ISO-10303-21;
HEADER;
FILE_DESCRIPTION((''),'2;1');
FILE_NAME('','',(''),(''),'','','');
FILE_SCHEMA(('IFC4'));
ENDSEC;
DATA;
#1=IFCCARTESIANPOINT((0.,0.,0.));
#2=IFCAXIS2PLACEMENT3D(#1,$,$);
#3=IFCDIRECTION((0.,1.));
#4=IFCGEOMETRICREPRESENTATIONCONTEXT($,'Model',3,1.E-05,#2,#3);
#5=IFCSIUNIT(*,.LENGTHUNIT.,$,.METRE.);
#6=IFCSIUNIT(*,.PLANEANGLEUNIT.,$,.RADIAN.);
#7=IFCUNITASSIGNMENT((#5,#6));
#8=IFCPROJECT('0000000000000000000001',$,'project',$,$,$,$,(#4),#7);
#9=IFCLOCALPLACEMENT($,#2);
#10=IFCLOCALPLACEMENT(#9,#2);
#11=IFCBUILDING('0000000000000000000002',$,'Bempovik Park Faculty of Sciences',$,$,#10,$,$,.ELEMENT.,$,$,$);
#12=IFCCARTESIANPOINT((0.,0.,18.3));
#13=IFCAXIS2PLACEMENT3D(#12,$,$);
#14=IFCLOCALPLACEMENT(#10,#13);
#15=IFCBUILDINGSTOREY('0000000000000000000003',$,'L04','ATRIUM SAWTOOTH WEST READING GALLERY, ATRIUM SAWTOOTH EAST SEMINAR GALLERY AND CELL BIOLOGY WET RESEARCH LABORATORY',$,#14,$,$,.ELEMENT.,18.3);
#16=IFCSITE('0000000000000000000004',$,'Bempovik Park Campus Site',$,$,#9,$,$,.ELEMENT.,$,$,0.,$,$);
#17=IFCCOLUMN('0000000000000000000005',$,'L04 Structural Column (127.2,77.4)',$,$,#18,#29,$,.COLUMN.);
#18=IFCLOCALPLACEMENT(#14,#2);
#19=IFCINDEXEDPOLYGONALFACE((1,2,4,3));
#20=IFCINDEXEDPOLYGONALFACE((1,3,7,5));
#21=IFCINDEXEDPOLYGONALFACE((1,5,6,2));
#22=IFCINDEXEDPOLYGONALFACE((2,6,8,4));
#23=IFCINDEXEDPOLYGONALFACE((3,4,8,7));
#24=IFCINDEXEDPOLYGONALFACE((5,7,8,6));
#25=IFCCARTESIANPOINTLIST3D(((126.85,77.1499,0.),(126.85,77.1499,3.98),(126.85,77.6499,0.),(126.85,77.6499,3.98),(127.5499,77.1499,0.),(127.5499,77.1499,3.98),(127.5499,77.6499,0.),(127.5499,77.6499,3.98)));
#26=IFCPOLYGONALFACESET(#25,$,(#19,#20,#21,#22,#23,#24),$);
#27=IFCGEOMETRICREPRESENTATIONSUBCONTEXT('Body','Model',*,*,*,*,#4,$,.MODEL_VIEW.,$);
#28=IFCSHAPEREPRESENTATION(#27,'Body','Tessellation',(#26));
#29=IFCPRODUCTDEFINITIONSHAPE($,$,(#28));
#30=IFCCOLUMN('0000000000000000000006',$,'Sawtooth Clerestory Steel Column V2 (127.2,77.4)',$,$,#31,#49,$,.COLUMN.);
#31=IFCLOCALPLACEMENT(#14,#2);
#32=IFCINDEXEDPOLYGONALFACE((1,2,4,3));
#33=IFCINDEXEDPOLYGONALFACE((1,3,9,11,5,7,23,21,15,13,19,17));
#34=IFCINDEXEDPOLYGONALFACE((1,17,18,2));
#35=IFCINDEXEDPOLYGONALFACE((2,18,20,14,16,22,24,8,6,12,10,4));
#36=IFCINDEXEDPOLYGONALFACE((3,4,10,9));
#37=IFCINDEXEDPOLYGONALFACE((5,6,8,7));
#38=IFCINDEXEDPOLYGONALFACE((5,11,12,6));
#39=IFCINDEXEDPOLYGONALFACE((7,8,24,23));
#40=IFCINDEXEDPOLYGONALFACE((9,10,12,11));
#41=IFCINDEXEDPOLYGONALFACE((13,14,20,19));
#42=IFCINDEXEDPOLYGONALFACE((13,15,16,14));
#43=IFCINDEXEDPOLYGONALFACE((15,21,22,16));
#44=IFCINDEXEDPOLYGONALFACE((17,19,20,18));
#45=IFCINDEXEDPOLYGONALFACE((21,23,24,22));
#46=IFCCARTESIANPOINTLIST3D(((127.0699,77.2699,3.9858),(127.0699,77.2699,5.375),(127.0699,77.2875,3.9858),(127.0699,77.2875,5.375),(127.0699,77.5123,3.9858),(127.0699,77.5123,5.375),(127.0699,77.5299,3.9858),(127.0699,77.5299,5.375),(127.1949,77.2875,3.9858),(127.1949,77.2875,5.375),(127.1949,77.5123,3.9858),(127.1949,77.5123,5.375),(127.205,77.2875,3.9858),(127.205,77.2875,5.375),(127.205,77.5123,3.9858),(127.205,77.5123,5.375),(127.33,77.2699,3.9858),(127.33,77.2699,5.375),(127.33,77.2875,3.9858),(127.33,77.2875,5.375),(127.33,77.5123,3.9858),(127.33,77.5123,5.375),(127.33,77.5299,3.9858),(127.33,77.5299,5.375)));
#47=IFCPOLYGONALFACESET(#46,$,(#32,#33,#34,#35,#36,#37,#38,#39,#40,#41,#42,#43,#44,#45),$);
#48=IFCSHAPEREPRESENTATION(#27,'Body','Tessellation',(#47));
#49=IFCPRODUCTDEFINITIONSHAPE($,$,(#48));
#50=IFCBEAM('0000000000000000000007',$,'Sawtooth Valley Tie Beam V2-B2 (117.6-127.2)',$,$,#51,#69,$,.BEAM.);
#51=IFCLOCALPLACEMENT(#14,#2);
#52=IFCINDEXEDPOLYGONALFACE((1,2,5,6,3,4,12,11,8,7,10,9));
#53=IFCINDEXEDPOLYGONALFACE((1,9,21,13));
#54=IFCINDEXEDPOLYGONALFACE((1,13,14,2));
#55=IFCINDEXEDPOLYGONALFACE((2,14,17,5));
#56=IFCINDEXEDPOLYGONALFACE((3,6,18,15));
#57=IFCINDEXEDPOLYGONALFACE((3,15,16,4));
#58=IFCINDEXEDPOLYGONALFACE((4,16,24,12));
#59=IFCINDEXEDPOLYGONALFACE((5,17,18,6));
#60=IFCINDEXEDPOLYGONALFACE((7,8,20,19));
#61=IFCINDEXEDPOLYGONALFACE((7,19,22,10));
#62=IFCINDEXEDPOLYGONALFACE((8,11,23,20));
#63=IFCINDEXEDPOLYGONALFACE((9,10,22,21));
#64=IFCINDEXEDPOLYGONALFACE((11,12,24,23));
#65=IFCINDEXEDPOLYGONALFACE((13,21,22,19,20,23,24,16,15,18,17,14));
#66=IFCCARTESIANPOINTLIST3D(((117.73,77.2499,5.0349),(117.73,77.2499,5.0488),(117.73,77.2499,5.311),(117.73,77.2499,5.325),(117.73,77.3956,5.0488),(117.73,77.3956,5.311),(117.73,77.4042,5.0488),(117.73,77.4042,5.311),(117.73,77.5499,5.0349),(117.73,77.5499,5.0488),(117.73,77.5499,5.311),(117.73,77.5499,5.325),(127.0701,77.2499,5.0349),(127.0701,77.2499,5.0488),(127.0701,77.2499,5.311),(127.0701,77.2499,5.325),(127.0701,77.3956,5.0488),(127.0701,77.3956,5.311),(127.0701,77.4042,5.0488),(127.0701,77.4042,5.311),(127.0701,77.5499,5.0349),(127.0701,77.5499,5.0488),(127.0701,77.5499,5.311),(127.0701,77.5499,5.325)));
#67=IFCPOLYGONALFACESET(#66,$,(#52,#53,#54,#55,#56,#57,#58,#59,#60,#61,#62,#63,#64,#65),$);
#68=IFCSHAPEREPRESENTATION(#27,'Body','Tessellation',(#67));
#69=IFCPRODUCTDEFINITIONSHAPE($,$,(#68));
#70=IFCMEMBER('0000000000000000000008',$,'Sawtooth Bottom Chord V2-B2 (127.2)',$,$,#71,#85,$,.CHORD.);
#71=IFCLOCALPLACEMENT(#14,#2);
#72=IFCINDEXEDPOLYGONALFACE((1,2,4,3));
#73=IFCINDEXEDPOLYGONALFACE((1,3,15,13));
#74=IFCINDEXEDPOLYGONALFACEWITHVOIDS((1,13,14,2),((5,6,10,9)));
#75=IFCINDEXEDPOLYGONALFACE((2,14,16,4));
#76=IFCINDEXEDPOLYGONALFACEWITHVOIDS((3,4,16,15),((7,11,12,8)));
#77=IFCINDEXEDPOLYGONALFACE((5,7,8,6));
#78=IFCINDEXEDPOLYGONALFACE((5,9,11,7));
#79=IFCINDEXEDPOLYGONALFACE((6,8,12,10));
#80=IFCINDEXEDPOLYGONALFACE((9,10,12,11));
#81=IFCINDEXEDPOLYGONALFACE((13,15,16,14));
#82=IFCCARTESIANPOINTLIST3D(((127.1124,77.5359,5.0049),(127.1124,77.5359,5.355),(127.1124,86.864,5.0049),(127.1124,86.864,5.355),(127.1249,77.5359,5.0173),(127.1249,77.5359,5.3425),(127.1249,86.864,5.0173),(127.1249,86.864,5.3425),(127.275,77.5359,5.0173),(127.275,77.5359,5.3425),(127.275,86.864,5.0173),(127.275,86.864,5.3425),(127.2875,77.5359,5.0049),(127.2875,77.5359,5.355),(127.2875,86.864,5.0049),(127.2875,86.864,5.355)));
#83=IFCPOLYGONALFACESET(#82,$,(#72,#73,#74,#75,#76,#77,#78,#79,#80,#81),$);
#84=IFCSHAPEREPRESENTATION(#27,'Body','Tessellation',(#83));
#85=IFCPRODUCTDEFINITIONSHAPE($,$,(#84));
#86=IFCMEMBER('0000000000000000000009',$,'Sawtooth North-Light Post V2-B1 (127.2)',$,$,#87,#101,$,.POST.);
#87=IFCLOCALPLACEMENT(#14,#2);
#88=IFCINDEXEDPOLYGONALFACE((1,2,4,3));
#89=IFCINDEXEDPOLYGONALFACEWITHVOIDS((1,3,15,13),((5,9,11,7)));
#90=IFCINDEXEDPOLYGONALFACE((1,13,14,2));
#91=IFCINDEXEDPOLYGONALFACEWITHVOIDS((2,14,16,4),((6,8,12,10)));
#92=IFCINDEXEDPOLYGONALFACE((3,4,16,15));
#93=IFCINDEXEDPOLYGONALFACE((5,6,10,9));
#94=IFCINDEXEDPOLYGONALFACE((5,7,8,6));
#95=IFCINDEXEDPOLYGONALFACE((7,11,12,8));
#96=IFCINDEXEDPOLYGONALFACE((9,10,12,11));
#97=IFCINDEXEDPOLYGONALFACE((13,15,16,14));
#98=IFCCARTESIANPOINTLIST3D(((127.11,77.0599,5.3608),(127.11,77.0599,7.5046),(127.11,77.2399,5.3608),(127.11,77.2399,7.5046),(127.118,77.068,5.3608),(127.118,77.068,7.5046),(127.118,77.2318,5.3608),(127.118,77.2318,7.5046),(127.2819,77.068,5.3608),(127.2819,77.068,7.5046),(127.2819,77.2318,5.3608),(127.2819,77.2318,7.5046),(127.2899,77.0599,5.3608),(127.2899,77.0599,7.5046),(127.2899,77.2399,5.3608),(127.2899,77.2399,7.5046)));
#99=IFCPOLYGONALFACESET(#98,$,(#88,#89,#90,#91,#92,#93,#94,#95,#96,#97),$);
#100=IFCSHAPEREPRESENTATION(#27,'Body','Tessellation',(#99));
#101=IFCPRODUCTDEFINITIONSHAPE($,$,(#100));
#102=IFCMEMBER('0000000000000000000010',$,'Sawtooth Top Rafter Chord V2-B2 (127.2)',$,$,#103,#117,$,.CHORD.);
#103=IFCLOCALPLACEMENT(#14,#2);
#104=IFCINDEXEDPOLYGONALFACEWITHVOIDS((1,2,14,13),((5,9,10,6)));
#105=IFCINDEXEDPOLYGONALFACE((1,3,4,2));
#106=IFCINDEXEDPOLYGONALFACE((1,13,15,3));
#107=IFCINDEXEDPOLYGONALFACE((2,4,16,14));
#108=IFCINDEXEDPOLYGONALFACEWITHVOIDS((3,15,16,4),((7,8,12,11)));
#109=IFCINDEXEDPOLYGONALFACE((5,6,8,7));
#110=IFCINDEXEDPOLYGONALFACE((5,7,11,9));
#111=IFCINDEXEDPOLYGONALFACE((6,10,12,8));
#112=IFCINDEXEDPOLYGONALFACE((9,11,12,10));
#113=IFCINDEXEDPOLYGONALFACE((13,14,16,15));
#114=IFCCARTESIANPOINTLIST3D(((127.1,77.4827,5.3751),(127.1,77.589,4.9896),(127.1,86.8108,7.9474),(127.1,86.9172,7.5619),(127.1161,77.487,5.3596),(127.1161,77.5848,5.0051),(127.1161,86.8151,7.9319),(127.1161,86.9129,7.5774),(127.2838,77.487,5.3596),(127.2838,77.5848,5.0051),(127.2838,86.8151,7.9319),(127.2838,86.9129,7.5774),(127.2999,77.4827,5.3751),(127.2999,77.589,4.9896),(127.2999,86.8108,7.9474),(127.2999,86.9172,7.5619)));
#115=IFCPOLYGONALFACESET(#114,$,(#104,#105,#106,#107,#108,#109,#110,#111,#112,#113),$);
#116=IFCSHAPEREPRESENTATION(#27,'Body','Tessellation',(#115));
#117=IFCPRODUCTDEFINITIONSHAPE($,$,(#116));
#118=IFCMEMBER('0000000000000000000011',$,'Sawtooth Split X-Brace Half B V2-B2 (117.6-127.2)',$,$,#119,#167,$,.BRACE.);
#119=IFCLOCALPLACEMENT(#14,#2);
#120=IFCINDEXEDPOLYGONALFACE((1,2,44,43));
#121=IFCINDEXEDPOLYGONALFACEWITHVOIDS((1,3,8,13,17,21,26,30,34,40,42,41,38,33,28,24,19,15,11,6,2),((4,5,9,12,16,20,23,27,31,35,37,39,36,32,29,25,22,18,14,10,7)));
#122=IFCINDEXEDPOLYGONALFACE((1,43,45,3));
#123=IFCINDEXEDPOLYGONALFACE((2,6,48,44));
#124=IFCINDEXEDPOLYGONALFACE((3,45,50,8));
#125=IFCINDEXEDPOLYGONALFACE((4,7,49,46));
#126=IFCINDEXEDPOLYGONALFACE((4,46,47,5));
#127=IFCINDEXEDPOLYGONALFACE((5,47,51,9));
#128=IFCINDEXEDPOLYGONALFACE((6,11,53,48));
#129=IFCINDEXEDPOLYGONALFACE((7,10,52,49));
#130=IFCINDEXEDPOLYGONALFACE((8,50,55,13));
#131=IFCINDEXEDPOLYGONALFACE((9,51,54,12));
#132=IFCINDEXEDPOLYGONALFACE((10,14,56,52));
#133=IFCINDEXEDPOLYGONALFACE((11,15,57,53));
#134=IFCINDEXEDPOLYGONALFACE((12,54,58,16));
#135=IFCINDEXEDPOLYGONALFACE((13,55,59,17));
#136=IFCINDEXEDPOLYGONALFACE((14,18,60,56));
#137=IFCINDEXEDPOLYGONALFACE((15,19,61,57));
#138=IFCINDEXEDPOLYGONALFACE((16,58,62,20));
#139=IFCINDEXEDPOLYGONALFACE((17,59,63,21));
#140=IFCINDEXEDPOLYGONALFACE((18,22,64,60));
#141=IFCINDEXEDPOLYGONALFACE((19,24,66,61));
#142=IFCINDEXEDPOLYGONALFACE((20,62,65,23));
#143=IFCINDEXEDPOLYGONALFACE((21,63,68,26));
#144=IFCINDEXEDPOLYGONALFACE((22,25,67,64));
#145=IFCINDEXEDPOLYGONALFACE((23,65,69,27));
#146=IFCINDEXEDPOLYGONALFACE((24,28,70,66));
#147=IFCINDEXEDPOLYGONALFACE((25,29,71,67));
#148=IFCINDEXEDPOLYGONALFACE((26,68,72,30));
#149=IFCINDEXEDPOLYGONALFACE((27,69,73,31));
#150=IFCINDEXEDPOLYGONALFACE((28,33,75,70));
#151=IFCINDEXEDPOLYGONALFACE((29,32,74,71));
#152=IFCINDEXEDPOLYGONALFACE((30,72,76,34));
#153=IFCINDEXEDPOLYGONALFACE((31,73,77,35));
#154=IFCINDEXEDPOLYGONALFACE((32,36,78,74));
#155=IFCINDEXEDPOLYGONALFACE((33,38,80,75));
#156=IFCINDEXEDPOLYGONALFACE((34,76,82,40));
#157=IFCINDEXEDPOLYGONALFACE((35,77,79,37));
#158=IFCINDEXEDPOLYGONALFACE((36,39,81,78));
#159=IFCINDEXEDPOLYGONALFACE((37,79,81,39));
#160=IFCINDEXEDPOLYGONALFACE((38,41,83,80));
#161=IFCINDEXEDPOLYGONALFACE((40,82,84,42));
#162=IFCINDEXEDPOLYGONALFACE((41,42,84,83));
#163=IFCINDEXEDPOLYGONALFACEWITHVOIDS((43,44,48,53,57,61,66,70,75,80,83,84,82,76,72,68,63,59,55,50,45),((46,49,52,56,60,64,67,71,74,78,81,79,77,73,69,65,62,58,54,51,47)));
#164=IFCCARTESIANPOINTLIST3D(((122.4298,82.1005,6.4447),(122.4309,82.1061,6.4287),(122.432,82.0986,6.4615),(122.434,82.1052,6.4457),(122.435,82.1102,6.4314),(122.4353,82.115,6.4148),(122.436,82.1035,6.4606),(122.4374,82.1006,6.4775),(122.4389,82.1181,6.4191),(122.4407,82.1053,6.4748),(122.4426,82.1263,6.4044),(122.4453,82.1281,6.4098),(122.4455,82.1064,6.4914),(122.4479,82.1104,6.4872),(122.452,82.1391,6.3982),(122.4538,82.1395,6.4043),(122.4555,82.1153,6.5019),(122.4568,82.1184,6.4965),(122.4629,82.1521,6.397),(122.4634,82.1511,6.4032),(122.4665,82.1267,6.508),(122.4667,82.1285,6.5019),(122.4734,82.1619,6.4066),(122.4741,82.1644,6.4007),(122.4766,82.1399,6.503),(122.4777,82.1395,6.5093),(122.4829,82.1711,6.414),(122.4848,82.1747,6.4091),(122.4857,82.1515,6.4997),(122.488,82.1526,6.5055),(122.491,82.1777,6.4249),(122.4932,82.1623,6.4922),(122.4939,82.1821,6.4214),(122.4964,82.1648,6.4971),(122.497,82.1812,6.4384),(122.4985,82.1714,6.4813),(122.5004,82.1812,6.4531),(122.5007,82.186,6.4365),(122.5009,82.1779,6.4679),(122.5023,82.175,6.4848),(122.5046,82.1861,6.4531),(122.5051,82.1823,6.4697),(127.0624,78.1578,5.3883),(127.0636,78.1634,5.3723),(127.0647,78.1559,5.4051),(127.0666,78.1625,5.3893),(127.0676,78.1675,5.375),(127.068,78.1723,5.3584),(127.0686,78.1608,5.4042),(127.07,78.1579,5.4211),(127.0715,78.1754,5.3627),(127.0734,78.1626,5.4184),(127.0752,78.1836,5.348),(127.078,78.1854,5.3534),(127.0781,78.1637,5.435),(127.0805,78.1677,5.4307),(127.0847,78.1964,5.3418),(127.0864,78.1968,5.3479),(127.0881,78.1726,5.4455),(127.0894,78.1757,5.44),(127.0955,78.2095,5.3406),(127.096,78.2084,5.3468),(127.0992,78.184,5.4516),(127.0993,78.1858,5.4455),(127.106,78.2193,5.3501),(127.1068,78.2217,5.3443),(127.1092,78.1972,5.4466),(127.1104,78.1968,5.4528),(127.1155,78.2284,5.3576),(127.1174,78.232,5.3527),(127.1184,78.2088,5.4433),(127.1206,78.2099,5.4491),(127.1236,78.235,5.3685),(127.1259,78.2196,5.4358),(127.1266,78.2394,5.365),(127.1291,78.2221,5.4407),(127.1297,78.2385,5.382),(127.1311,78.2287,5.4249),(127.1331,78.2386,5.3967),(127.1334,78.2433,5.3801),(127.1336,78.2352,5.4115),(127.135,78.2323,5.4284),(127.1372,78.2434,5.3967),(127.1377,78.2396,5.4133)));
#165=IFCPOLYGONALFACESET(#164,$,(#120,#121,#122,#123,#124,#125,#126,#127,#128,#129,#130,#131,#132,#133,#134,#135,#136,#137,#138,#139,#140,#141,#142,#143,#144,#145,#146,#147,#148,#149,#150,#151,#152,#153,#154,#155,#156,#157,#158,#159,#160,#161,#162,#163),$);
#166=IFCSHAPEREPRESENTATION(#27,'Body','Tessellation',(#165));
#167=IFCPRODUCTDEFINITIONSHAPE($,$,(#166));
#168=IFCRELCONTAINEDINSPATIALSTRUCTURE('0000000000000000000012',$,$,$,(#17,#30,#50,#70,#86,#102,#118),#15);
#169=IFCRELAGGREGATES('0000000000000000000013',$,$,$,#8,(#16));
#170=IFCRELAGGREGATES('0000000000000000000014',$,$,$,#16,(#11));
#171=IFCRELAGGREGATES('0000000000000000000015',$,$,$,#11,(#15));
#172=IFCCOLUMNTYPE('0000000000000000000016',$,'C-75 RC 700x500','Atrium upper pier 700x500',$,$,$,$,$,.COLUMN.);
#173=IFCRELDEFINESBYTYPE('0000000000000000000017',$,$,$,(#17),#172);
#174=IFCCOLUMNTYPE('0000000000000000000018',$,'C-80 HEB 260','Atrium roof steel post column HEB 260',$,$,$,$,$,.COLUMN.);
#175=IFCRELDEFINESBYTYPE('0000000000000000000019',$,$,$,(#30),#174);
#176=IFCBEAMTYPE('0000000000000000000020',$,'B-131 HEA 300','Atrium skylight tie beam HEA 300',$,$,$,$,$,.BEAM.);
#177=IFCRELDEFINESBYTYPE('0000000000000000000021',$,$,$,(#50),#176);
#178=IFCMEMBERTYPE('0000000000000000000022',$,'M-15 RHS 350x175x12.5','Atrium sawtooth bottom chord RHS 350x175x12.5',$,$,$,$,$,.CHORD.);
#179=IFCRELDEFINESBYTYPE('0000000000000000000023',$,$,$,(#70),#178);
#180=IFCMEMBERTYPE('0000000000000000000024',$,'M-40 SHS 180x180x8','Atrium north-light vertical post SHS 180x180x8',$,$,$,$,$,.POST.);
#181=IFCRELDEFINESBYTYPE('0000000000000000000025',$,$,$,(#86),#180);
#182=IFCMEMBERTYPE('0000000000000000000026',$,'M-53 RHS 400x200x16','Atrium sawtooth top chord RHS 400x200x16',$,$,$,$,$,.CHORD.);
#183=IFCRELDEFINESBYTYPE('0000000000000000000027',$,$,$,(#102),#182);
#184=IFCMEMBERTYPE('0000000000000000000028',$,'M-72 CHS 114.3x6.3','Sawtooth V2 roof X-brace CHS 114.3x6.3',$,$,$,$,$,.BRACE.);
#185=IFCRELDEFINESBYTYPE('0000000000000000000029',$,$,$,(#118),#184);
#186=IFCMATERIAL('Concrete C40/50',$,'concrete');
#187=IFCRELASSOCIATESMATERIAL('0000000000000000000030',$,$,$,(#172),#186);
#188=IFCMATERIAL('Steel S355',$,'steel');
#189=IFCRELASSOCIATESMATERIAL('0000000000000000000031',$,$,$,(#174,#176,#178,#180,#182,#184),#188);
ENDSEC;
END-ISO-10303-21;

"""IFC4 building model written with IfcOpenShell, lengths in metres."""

from ifc_helpers import new_model, si_unit, direction, frame, origin, origin_2d, place, context, subcontext, project, spatial, rectangle, hollow_rectangle, hollow_circle, i_section, extrude, material, material_profile, profile_set, type_object, element, save


model = new_model("IFC4")

# Units and contexts
model_context = context("Model", 3, precision=1e-05, world=origin(), true_north=direction((0.0, 1.0)))
body_context = subcontext(model_context, "Body", "Model", "MODEL_VIEW")
ifc_project = project(units=[si_unit("LENGTHUNIT", "METRE"), si_unit("PLANEANGLEUNIT", "RADIAN")], contexts=[model_context])

# Site, building, storey
site_placement = place(None, origin())
site = spatial("IfcSite", under=ifc_project, at=site_placement, Name="Bempovik Park Campus Site", CompositionType="ELEMENT", RefElevation=0.0)
building_placement = place(site_placement, origin())
building = spatial("IfcBuilding", under=site, at=building_placement, Name="Bempovik Park Faculty of Sciences", CompositionType="ELEMENT")
storey_placement = place(building_placement, frame((0.0, 0.0, 18.3)))
storey = spatial("IfcBuildingStorey", under=building, at=storey_placement, Name="L04", Description="ATRIUM SAWTOOTH WEST READING GALLERY, ATRIUM SAWTOOTH EAST SEMINAR GALLERY AND CELL BIOLOGY WET RESEARCH LABORATORY", CompositionType="ELEMENT", Elevation=18.3)

# Columns
ifc_material_1 = material(Name="Concrete C40/50", Category="concrete")
ifc_material_profile_1 = material_profile(ifc_material_1, rectangle(XDim=0.7, YDim=0.5, at=origin_2d()), Name="RC 700x500")
ifc_profile_set_1 = profile_set([ifc_material_profile_1], Name="Concrete C40/50")
column_type_1 = type_object("IfcColumnType", Name="C-75 RC 700x500", Description="Atrium upper pier 700x500", PredefinedType="COLUMN", material=ifc_profile_set_1)
column_1_placement = place(storey_placement, frame((127.2, 77.3999, 0.0), z_axis=(0.0, 0.0, 1.0), x_axis=(1.0, 0.0, 0.0)))
element("IfcColumn", 1, at=column_1_placement, inside=storey, type_object=column_type_1, Name="L04 Structural Column (127.2,77.4)", PredefinedType="COLUMN", context=body_context, shape_type="SweptSolid", body=[
    extrude(rectangle(XDim=0.7, YDim=0.5, at=origin_2d()), origin(), (0.0, 0.0, 1.0), 3.98),
])
ifc_material_2 = material(Name="Steel S355", Category="steel")
ifc_material_profile_2 = material_profile(ifc_material_2, i_section(OverallWidth=0.26, OverallDepth=0.26, WebThickness=0.01, FlangeThickness=0.0176, at=origin_2d()), Name="HEB 260")
ifc_profile_set_2 = profile_set([ifc_material_profile_2], Name="Steel S355")
column_type_2 = type_object("IfcColumnType", Name="C-80 HEB 260", Description="Atrium roof steel post column HEB 260", PredefinedType="COLUMN", material=ifc_profile_set_2)
column_2_placement = place(storey_placement, frame((127.2, 77.3999, 3.9858), z_axis=(0.0, 0.0, 1.0), x_axis=(1.0, 0.0, 0.0)))
element("IfcColumn", 2, at=column_2_placement, inside=storey, type_object=column_type_2, Name="Sawtooth Clerestory Steel Column V2 (127.2,77.4)", PredefinedType="COLUMN", context=body_context, shape_type="SweptSolid", body=[
    extrude(i_section(OverallWidth=0.26, OverallDepth=0.26, WebThickness=0.01, FlangeThickness=0.0176, at=origin_2d()), origin(), (0.0, 0.0, 1.0), 1.3892),
])

# Beam
ifc_material_profile_3 = material_profile(ifc_material_2, i_section(OverallWidth=0.3, OverallDepth=0.29, WebThickness=0.0085, FlangeThickness=0.0139, at=origin_2d()), Name="HEA 300")
ifc_profile_set_3 = profile_set([ifc_material_profile_3], Name="Steel S355")
beam_type = type_object("IfcBeamType", Name="B-131 HEA 300", Description="Atrium skylight tie beam HEA 300", PredefinedType="BEAM", material=ifc_profile_set_3)
beam_placement = place(storey_placement, frame((117.73, 77.3999, 5.1799), z_axis=(1.0, 0.0, 0.0), x_axis=(0.0, 1.0, 0.0)))
element("IfcBeam", 3, at=beam_placement, inside=storey, type_object=beam_type, Name="Sawtooth Valley Tie Beam V2-B2 (117.6-127.2)", PredefinedType="BEAM", context=body_context, shape_type="SweptSolid", body=[
    extrude(i_section(OverallWidth=0.3, OverallDepth=0.29, WebThickness=0.0085, FlangeThickness=0.0139, at=origin_2d()), origin(), (0.0, 0.0, 1.0), 9.3401),
])

# Members
ifc_material_profile_4 = material_profile(ifc_material_2, hollow_rectangle(XDim=0.175, YDim=0.3501, WallThickness=0.0125, at=origin_2d()), Name="RHS 350x175x12.5")
ifc_profile_set_4 = profile_set([ifc_material_profile_4], Name="Steel S355")
member_type_1 = type_object("IfcMemberType", Name="M-15 RHS 350x175x12.5", Description="Atrium sawtooth bottom chord RHS 350x175x12.5", PredefinedType="CHORD", material=ifc_profile_set_4)
member_1_placement = place(storey_placement, frame((127.2, 77.5359, 5.1799), z_axis=(0.0, 1.0, 0.0), x_axis=(-1.0, 0.0, 0.0)))
element("IfcMember", 4, at=member_1_placement, inside=storey, type_object=member_type_1, Name="Sawtooth Bottom Chord V2-B2 (127.2)", PredefinedType="CHORD", context=body_context, shape_type="SweptSolid", body=[
    extrude(hollow_rectangle(XDim=0.175, YDim=0.3501, WallThickness=0.0125, at=origin_2d()), origin(), (0.0, 0.0, 1.0), 9.3281),
])
ifc_material_profile_5 = material_profile(ifc_material_2, hollow_rectangle(XDim=0.1799, YDim=0.1799, WallThickness=0.0081, at=origin_2d()), Name="SHS 180x180x8")
ifc_profile_set_5 = profile_set([ifc_material_profile_5], Name="Steel S355")
member_type_2 = type_object("IfcMemberType", Name="M-40 SHS 180x180x8", Description="Atrium north-light vertical post SHS 180x180x8", PredefinedType="POST", material=ifc_profile_set_5)
member_2_placement = place(storey_placement, frame((127.2, 77.1499, 5.3608), z_axis=(0.0, 0.0, 1.0), x_axis=(1.0, 0.0, 0.0)))
element("IfcMember", 5, at=member_2_placement, inside=storey, type_object=member_type_2, Name="Sawtooth North-Light Post V2-B1 (127.2)", PredefinedType="POST", context=body_context, shape_type="SweptSolid", body=[
    extrude(hollow_rectangle(XDim=0.1799, YDim=0.1799, WallThickness=0.0081, at=origin_2d()), origin(), (0.0, 0.0, 1.0), 2.1438),
])
ifc_material_profile_6 = material_profile(ifc_material_2, hollow_rectangle(XDim=0.2, YDim=0.3999, WallThickness=0.0161, at=origin_2d()), Name="RHS 400x200x16")
ifc_profile_set_6 = profile_set([ifc_material_profile_6], Name="Steel S355")
member_type_3 = type_object("IfcMemberType", Name="M-53 RHS 400x200x16", Description="Atrium sawtooth top chord RHS 400x200x16", PredefinedType="CHORD", material=ifc_profile_set_6)
member_3_placement = place(storey_placement, frame((127.2, 77.5359, 5.1824), z_axis=(0.0, 0.964019, 0.265832), x_axis=(-1.0, 0.0, 0.0)))
element("IfcMember", 6, at=member_3_placement, inside=storey, type_object=member_type_3, Name="Sawtooth Top Rafter Chord V2-B2 (127.2)", PredefinedType="CHORD", context=body_context, shape_type="SweptSolid", body=[
    extrude(hollow_rectangle(XDim=0.2, YDim=0.3999, WallThickness=0.0161, at=origin_2d()), origin(), (0.0, 0.0, 1.0), 9.6763),
])
ifc_material_profile_7 = material_profile(ifc_material_2, hollow_circle(Radius=0.0571, WallThickness=0.0063, at=origin_2d()), Name="CHS 114.3x6.3")
ifc_profile_set_7 = profile_set([ifc_material_profile_7], Name="Steel S355")
member_type_4 = type_object("IfcMemberType", Name="M-72 CHS 114.3x6.3", Description="Sawtooth V2 roof X-brace CHS 114.3x6.3", PredefinedType="BRACE", material=ifc_profile_set_7)
member_4_placement = place(storey_placement, frame((122.4675, 82.1426, 6.4531), z_axis=(0.750308, -0.638563, -0.171098), x_axis=(0.64812, 0.761538, 0.0)))
element("IfcMember", 7, at=member_4_placement, inside=storey, type_object=member_type_4, Name="Sawtooth Split X-Brace Half B V2-B2 (117.6-127.2)", PredefinedType="BRACE", context=body_context, shape_type="SweptSolid", body=[
    extrude(hollow_circle(Radius=0.0571, WallThickness=0.0063, at=origin_2d()), origin(), (0.0, 0.0, 1.0), 6.1743),
])

save(model, "model.ifc")
